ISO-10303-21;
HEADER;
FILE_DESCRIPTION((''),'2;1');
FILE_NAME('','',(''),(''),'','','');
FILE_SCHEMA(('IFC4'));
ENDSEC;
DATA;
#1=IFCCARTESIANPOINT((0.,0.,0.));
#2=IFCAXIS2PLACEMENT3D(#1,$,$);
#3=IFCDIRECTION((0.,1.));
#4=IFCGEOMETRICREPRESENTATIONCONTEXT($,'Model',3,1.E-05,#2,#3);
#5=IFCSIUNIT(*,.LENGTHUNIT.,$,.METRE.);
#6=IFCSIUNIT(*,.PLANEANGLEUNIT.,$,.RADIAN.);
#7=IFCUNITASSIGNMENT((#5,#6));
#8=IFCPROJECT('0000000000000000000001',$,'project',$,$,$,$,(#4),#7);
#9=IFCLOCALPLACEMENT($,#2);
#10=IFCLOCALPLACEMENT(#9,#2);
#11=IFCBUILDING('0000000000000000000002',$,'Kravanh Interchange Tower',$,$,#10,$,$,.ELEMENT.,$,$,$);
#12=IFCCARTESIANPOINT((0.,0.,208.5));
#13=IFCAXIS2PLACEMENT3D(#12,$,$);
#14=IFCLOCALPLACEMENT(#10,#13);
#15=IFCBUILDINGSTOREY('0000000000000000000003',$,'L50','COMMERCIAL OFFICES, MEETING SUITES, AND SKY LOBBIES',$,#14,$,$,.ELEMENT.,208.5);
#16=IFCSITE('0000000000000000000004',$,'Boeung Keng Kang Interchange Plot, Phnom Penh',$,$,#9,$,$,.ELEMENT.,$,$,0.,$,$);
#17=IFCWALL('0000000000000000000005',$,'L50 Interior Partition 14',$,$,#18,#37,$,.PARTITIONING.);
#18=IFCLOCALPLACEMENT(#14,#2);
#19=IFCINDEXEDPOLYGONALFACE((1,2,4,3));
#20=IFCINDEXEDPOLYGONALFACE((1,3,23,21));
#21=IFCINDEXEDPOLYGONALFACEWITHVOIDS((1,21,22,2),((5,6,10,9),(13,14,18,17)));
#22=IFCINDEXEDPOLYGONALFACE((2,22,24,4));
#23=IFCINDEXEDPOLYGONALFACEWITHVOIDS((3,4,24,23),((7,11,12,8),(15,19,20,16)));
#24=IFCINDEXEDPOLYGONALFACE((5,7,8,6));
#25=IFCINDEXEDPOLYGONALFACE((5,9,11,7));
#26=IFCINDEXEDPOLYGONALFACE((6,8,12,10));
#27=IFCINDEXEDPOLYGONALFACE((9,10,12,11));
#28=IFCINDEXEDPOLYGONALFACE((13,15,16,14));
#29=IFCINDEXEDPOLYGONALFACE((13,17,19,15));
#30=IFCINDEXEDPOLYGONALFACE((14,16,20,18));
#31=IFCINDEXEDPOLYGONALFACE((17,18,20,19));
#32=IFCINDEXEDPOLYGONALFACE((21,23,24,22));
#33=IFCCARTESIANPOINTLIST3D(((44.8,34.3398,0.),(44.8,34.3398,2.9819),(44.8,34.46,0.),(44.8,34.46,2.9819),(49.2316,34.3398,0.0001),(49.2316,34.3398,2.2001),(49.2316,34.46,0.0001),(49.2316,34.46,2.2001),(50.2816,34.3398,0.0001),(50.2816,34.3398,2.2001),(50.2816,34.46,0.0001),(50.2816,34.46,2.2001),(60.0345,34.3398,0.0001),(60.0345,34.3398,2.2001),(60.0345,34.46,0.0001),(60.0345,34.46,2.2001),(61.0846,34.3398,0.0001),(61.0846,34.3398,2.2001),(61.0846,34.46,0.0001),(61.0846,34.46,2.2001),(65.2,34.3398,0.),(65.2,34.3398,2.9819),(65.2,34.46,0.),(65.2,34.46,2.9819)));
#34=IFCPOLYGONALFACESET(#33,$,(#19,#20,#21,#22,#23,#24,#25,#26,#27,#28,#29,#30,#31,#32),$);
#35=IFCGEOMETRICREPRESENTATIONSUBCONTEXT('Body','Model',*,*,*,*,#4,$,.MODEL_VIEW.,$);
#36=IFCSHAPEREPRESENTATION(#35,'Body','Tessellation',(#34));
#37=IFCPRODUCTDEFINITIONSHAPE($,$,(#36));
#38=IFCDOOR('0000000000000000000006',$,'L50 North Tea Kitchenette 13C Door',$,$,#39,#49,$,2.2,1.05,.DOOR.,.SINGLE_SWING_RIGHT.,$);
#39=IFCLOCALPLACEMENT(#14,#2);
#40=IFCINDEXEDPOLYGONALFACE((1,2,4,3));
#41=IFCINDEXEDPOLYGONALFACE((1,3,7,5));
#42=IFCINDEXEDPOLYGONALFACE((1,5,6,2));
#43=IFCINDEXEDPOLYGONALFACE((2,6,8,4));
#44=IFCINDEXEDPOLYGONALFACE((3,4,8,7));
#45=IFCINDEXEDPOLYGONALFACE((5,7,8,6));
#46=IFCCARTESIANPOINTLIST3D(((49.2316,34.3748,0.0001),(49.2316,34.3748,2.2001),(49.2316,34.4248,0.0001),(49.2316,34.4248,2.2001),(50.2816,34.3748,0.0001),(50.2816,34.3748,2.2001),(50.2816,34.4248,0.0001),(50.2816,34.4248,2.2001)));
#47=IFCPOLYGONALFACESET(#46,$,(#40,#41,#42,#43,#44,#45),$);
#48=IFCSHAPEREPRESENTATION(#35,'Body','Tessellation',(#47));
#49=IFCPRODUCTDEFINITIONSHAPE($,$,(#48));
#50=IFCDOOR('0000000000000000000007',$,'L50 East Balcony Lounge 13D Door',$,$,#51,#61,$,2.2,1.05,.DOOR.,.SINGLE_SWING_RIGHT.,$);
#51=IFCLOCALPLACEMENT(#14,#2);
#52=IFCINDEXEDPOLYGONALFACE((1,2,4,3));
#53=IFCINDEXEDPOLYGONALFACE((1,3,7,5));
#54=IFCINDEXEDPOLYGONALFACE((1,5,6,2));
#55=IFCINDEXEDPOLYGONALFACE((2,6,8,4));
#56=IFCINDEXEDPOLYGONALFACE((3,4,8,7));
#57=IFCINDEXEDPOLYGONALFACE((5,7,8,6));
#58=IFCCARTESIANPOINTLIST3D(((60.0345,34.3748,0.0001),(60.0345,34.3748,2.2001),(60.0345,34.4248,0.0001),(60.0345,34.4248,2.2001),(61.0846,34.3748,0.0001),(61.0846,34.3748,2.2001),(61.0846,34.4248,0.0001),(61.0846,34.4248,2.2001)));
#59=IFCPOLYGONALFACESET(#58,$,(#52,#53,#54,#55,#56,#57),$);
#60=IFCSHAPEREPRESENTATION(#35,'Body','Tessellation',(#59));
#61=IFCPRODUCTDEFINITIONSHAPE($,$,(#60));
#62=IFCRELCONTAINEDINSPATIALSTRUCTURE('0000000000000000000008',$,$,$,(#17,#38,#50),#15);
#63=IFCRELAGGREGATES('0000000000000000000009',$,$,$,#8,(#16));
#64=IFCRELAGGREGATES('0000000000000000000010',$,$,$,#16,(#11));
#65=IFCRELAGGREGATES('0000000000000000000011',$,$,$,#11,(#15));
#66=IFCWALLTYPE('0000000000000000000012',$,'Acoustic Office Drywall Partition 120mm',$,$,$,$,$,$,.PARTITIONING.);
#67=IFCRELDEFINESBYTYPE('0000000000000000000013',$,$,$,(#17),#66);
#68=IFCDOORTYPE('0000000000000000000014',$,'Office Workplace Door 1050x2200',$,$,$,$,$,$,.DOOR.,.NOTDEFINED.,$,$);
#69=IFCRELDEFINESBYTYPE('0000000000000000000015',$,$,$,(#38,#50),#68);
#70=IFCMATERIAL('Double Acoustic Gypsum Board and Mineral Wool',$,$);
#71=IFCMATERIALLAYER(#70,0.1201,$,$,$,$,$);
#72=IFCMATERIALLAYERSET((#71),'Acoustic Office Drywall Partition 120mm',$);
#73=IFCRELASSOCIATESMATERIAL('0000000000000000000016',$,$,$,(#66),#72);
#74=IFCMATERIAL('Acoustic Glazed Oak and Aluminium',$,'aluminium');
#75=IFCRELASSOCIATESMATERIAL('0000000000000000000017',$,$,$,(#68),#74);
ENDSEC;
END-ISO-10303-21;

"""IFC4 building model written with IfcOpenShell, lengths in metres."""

from ifc_helpers import new_model, si_unit, direction, frame, frame_2d, origin, place, context, subcontext, project, spatial, rectangle, extrude, material, layer, layer_set, type_object, element, fill, save


model = new_model("IFC4")

# Units and contexts
model_context = context("Model", 3, precision=1e-05, world=origin(), true_north=direction((0.0, 1.0)))
body_context = subcontext(model_context, "Body", "Model", "MODEL_VIEW")
ifc_project = project(units=[si_unit("LENGTHUNIT", "METRE"), si_unit("PLANEANGLEUNIT", "RADIAN")], contexts=[model_context])

# Site, building, storey
site_placement = place(None, origin())
site = spatial("IfcSite", under=ifc_project, at=site_placement, Name="Boeung Keng Kang Interchange Plot, Phnom Penh", CompositionType="ELEMENT", RefElevation=0.0)
building_placement = place(site_placement, origin())
building = spatial("IfcBuilding", under=site, at=building_placement, Name="Kravanh Interchange Tower", CompositionType="ELEMENT")
storey_placement = place(building_placement, frame((0.0, 0.0, 208.5)))
storey = spatial("IfcBuildingStorey", under=building, at=storey_placement, Name="L50", Description="COMMERCIAL OFFICES, MEETING SUITES, AND SKY LOBBIES", CompositionType="ELEMENT", Elevation=208.5)

# Wall, openings, doors
ifc_material_1 = material(Name="Double Acoustic Gypsum Board and Mineral Wool")
ifc_layer = layer(ifc_material_1, 0.1201)
ifc_layer_set = layer_set([ifc_layer], Name="Acoustic Office Drywall Partition 120mm")
wall_type = type_object("IfcWallType", Name="Acoustic Office Drywall Partition 120mm", PredefinedType="PARTITIONING", material=ifc_layer_set)
wall_placement = place(storey_placement, frame((44.8, 34.3999, 0.0), z_axis=(0.0, 0.0, 1.0), x_axis=(1.0, 0.0, 0.0)))
wall = element("IfcWall", 1, at=wall_placement, inside=storey, type_object=wall_type, Name="L50 Interior Partition 14", PredefinedType="PARTITIONING", context=body_context, shape_type="SweptSolid", body=[
    extrude(rectangle(XDim=20.3999, YDim=0.1201, at=frame_2d((10.2, 0.0))), origin(), (0.0, 0.0, 1.0), 2.9819),
])
opening_1_placement = place(wall_placement, frame((4.4316, 0.0, 0.0)))
opening_1 = element("IfcOpeningElement", 2, at=opening_1_placement, cuts=wall, PredefinedType="OPENING", context=body_context, shape_type="SweptSolid", body=[
    extrude(rectangle(XDim=1.05, YDim=2.2, at=frame_2d((0.5249, 1.1001))), frame((0.0, 0.0701, 0.0), z_axis=(0.0, -1.0, 0.0), x_axis=(1.0, 0.0, 0.0)), (0.0, 0.0, 1.0), 0.1401),
])
opening_2_placement = place(wall_placement, frame((15.2346, 0.0, 0.0)))
opening_2 = element("IfcOpeningElement", 3, at=opening_2_placement, cuts=wall, PredefinedType="OPENING", context=body_context, shape_type="SweptSolid", body=[
    extrude(rectangle(XDim=1.05, YDim=2.2, at=frame_2d((0.5249, 1.1001))), frame((0.0, 0.0701, 0.0), z_axis=(0.0, -1.0, 0.0), x_axis=(1.0, 0.0, 0.0)), (0.0, 0.0, 1.0), 0.1401),
])
ifc_material_2 = material(Name="Acoustic Glazed Oak and Aluminium", Category="aluminium")
door_type = type_object("IfcDoorType", Name="Office Workplace Door 1050x2200", OperationType="NOTDEFINED", PredefinedType="DOOR", material=ifc_material_2)
door_1_placement = place(opening_1_placement, origin())
door_1 = element("IfcDoor", 4, at=door_1_placement, inside=storey, type_object=door_type, Name="L50 North Tea Kitchenette 13C Door", OperationType="SINGLE_SWING_RIGHT", OverallHeight=2.2, OverallWidth=1.05, PredefinedType="DOOR", context=body_context, shape_type="SweptSolid", body=[
    extrude(rectangle(XDim=1.05, YDim=2.2, at=frame_2d((0.5249, 1.1001))), frame((0.0, 0.0249, 0.0), z_axis=(0.0, -1.0, 0.0), x_axis=(1.0, 0.0, 0.0)), (0.0, 0.0, 1.0), 0.05),
])
fill(opening_1, door_1)
door_2_placement = place(opening_2_placement, origin())
door_2 = element("IfcDoor", 5, at=door_2_placement, inside=storey, type_object=door_type, Name="L50 East Balcony Lounge 13D Door", OperationType="SINGLE_SWING_RIGHT", OverallHeight=2.2, OverallWidth=1.05, PredefinedType="DOOR", context=body_context, shape_type="SweptSolid", body=[
    extrude(rectangle(XDim=1.05, YDim=2.2, at=frame_2d((0.5249, 1.1001))), frame((0.0, 0.0249, 0.0), z_axis=(0.0, -1.0, 0.0), x_axis=(1.0, 0.0, 0.0)), (0.0, 0.0, 1.0), 0.05),
])
fill(opening_2, door_2)

save(model, "model.ifc")
